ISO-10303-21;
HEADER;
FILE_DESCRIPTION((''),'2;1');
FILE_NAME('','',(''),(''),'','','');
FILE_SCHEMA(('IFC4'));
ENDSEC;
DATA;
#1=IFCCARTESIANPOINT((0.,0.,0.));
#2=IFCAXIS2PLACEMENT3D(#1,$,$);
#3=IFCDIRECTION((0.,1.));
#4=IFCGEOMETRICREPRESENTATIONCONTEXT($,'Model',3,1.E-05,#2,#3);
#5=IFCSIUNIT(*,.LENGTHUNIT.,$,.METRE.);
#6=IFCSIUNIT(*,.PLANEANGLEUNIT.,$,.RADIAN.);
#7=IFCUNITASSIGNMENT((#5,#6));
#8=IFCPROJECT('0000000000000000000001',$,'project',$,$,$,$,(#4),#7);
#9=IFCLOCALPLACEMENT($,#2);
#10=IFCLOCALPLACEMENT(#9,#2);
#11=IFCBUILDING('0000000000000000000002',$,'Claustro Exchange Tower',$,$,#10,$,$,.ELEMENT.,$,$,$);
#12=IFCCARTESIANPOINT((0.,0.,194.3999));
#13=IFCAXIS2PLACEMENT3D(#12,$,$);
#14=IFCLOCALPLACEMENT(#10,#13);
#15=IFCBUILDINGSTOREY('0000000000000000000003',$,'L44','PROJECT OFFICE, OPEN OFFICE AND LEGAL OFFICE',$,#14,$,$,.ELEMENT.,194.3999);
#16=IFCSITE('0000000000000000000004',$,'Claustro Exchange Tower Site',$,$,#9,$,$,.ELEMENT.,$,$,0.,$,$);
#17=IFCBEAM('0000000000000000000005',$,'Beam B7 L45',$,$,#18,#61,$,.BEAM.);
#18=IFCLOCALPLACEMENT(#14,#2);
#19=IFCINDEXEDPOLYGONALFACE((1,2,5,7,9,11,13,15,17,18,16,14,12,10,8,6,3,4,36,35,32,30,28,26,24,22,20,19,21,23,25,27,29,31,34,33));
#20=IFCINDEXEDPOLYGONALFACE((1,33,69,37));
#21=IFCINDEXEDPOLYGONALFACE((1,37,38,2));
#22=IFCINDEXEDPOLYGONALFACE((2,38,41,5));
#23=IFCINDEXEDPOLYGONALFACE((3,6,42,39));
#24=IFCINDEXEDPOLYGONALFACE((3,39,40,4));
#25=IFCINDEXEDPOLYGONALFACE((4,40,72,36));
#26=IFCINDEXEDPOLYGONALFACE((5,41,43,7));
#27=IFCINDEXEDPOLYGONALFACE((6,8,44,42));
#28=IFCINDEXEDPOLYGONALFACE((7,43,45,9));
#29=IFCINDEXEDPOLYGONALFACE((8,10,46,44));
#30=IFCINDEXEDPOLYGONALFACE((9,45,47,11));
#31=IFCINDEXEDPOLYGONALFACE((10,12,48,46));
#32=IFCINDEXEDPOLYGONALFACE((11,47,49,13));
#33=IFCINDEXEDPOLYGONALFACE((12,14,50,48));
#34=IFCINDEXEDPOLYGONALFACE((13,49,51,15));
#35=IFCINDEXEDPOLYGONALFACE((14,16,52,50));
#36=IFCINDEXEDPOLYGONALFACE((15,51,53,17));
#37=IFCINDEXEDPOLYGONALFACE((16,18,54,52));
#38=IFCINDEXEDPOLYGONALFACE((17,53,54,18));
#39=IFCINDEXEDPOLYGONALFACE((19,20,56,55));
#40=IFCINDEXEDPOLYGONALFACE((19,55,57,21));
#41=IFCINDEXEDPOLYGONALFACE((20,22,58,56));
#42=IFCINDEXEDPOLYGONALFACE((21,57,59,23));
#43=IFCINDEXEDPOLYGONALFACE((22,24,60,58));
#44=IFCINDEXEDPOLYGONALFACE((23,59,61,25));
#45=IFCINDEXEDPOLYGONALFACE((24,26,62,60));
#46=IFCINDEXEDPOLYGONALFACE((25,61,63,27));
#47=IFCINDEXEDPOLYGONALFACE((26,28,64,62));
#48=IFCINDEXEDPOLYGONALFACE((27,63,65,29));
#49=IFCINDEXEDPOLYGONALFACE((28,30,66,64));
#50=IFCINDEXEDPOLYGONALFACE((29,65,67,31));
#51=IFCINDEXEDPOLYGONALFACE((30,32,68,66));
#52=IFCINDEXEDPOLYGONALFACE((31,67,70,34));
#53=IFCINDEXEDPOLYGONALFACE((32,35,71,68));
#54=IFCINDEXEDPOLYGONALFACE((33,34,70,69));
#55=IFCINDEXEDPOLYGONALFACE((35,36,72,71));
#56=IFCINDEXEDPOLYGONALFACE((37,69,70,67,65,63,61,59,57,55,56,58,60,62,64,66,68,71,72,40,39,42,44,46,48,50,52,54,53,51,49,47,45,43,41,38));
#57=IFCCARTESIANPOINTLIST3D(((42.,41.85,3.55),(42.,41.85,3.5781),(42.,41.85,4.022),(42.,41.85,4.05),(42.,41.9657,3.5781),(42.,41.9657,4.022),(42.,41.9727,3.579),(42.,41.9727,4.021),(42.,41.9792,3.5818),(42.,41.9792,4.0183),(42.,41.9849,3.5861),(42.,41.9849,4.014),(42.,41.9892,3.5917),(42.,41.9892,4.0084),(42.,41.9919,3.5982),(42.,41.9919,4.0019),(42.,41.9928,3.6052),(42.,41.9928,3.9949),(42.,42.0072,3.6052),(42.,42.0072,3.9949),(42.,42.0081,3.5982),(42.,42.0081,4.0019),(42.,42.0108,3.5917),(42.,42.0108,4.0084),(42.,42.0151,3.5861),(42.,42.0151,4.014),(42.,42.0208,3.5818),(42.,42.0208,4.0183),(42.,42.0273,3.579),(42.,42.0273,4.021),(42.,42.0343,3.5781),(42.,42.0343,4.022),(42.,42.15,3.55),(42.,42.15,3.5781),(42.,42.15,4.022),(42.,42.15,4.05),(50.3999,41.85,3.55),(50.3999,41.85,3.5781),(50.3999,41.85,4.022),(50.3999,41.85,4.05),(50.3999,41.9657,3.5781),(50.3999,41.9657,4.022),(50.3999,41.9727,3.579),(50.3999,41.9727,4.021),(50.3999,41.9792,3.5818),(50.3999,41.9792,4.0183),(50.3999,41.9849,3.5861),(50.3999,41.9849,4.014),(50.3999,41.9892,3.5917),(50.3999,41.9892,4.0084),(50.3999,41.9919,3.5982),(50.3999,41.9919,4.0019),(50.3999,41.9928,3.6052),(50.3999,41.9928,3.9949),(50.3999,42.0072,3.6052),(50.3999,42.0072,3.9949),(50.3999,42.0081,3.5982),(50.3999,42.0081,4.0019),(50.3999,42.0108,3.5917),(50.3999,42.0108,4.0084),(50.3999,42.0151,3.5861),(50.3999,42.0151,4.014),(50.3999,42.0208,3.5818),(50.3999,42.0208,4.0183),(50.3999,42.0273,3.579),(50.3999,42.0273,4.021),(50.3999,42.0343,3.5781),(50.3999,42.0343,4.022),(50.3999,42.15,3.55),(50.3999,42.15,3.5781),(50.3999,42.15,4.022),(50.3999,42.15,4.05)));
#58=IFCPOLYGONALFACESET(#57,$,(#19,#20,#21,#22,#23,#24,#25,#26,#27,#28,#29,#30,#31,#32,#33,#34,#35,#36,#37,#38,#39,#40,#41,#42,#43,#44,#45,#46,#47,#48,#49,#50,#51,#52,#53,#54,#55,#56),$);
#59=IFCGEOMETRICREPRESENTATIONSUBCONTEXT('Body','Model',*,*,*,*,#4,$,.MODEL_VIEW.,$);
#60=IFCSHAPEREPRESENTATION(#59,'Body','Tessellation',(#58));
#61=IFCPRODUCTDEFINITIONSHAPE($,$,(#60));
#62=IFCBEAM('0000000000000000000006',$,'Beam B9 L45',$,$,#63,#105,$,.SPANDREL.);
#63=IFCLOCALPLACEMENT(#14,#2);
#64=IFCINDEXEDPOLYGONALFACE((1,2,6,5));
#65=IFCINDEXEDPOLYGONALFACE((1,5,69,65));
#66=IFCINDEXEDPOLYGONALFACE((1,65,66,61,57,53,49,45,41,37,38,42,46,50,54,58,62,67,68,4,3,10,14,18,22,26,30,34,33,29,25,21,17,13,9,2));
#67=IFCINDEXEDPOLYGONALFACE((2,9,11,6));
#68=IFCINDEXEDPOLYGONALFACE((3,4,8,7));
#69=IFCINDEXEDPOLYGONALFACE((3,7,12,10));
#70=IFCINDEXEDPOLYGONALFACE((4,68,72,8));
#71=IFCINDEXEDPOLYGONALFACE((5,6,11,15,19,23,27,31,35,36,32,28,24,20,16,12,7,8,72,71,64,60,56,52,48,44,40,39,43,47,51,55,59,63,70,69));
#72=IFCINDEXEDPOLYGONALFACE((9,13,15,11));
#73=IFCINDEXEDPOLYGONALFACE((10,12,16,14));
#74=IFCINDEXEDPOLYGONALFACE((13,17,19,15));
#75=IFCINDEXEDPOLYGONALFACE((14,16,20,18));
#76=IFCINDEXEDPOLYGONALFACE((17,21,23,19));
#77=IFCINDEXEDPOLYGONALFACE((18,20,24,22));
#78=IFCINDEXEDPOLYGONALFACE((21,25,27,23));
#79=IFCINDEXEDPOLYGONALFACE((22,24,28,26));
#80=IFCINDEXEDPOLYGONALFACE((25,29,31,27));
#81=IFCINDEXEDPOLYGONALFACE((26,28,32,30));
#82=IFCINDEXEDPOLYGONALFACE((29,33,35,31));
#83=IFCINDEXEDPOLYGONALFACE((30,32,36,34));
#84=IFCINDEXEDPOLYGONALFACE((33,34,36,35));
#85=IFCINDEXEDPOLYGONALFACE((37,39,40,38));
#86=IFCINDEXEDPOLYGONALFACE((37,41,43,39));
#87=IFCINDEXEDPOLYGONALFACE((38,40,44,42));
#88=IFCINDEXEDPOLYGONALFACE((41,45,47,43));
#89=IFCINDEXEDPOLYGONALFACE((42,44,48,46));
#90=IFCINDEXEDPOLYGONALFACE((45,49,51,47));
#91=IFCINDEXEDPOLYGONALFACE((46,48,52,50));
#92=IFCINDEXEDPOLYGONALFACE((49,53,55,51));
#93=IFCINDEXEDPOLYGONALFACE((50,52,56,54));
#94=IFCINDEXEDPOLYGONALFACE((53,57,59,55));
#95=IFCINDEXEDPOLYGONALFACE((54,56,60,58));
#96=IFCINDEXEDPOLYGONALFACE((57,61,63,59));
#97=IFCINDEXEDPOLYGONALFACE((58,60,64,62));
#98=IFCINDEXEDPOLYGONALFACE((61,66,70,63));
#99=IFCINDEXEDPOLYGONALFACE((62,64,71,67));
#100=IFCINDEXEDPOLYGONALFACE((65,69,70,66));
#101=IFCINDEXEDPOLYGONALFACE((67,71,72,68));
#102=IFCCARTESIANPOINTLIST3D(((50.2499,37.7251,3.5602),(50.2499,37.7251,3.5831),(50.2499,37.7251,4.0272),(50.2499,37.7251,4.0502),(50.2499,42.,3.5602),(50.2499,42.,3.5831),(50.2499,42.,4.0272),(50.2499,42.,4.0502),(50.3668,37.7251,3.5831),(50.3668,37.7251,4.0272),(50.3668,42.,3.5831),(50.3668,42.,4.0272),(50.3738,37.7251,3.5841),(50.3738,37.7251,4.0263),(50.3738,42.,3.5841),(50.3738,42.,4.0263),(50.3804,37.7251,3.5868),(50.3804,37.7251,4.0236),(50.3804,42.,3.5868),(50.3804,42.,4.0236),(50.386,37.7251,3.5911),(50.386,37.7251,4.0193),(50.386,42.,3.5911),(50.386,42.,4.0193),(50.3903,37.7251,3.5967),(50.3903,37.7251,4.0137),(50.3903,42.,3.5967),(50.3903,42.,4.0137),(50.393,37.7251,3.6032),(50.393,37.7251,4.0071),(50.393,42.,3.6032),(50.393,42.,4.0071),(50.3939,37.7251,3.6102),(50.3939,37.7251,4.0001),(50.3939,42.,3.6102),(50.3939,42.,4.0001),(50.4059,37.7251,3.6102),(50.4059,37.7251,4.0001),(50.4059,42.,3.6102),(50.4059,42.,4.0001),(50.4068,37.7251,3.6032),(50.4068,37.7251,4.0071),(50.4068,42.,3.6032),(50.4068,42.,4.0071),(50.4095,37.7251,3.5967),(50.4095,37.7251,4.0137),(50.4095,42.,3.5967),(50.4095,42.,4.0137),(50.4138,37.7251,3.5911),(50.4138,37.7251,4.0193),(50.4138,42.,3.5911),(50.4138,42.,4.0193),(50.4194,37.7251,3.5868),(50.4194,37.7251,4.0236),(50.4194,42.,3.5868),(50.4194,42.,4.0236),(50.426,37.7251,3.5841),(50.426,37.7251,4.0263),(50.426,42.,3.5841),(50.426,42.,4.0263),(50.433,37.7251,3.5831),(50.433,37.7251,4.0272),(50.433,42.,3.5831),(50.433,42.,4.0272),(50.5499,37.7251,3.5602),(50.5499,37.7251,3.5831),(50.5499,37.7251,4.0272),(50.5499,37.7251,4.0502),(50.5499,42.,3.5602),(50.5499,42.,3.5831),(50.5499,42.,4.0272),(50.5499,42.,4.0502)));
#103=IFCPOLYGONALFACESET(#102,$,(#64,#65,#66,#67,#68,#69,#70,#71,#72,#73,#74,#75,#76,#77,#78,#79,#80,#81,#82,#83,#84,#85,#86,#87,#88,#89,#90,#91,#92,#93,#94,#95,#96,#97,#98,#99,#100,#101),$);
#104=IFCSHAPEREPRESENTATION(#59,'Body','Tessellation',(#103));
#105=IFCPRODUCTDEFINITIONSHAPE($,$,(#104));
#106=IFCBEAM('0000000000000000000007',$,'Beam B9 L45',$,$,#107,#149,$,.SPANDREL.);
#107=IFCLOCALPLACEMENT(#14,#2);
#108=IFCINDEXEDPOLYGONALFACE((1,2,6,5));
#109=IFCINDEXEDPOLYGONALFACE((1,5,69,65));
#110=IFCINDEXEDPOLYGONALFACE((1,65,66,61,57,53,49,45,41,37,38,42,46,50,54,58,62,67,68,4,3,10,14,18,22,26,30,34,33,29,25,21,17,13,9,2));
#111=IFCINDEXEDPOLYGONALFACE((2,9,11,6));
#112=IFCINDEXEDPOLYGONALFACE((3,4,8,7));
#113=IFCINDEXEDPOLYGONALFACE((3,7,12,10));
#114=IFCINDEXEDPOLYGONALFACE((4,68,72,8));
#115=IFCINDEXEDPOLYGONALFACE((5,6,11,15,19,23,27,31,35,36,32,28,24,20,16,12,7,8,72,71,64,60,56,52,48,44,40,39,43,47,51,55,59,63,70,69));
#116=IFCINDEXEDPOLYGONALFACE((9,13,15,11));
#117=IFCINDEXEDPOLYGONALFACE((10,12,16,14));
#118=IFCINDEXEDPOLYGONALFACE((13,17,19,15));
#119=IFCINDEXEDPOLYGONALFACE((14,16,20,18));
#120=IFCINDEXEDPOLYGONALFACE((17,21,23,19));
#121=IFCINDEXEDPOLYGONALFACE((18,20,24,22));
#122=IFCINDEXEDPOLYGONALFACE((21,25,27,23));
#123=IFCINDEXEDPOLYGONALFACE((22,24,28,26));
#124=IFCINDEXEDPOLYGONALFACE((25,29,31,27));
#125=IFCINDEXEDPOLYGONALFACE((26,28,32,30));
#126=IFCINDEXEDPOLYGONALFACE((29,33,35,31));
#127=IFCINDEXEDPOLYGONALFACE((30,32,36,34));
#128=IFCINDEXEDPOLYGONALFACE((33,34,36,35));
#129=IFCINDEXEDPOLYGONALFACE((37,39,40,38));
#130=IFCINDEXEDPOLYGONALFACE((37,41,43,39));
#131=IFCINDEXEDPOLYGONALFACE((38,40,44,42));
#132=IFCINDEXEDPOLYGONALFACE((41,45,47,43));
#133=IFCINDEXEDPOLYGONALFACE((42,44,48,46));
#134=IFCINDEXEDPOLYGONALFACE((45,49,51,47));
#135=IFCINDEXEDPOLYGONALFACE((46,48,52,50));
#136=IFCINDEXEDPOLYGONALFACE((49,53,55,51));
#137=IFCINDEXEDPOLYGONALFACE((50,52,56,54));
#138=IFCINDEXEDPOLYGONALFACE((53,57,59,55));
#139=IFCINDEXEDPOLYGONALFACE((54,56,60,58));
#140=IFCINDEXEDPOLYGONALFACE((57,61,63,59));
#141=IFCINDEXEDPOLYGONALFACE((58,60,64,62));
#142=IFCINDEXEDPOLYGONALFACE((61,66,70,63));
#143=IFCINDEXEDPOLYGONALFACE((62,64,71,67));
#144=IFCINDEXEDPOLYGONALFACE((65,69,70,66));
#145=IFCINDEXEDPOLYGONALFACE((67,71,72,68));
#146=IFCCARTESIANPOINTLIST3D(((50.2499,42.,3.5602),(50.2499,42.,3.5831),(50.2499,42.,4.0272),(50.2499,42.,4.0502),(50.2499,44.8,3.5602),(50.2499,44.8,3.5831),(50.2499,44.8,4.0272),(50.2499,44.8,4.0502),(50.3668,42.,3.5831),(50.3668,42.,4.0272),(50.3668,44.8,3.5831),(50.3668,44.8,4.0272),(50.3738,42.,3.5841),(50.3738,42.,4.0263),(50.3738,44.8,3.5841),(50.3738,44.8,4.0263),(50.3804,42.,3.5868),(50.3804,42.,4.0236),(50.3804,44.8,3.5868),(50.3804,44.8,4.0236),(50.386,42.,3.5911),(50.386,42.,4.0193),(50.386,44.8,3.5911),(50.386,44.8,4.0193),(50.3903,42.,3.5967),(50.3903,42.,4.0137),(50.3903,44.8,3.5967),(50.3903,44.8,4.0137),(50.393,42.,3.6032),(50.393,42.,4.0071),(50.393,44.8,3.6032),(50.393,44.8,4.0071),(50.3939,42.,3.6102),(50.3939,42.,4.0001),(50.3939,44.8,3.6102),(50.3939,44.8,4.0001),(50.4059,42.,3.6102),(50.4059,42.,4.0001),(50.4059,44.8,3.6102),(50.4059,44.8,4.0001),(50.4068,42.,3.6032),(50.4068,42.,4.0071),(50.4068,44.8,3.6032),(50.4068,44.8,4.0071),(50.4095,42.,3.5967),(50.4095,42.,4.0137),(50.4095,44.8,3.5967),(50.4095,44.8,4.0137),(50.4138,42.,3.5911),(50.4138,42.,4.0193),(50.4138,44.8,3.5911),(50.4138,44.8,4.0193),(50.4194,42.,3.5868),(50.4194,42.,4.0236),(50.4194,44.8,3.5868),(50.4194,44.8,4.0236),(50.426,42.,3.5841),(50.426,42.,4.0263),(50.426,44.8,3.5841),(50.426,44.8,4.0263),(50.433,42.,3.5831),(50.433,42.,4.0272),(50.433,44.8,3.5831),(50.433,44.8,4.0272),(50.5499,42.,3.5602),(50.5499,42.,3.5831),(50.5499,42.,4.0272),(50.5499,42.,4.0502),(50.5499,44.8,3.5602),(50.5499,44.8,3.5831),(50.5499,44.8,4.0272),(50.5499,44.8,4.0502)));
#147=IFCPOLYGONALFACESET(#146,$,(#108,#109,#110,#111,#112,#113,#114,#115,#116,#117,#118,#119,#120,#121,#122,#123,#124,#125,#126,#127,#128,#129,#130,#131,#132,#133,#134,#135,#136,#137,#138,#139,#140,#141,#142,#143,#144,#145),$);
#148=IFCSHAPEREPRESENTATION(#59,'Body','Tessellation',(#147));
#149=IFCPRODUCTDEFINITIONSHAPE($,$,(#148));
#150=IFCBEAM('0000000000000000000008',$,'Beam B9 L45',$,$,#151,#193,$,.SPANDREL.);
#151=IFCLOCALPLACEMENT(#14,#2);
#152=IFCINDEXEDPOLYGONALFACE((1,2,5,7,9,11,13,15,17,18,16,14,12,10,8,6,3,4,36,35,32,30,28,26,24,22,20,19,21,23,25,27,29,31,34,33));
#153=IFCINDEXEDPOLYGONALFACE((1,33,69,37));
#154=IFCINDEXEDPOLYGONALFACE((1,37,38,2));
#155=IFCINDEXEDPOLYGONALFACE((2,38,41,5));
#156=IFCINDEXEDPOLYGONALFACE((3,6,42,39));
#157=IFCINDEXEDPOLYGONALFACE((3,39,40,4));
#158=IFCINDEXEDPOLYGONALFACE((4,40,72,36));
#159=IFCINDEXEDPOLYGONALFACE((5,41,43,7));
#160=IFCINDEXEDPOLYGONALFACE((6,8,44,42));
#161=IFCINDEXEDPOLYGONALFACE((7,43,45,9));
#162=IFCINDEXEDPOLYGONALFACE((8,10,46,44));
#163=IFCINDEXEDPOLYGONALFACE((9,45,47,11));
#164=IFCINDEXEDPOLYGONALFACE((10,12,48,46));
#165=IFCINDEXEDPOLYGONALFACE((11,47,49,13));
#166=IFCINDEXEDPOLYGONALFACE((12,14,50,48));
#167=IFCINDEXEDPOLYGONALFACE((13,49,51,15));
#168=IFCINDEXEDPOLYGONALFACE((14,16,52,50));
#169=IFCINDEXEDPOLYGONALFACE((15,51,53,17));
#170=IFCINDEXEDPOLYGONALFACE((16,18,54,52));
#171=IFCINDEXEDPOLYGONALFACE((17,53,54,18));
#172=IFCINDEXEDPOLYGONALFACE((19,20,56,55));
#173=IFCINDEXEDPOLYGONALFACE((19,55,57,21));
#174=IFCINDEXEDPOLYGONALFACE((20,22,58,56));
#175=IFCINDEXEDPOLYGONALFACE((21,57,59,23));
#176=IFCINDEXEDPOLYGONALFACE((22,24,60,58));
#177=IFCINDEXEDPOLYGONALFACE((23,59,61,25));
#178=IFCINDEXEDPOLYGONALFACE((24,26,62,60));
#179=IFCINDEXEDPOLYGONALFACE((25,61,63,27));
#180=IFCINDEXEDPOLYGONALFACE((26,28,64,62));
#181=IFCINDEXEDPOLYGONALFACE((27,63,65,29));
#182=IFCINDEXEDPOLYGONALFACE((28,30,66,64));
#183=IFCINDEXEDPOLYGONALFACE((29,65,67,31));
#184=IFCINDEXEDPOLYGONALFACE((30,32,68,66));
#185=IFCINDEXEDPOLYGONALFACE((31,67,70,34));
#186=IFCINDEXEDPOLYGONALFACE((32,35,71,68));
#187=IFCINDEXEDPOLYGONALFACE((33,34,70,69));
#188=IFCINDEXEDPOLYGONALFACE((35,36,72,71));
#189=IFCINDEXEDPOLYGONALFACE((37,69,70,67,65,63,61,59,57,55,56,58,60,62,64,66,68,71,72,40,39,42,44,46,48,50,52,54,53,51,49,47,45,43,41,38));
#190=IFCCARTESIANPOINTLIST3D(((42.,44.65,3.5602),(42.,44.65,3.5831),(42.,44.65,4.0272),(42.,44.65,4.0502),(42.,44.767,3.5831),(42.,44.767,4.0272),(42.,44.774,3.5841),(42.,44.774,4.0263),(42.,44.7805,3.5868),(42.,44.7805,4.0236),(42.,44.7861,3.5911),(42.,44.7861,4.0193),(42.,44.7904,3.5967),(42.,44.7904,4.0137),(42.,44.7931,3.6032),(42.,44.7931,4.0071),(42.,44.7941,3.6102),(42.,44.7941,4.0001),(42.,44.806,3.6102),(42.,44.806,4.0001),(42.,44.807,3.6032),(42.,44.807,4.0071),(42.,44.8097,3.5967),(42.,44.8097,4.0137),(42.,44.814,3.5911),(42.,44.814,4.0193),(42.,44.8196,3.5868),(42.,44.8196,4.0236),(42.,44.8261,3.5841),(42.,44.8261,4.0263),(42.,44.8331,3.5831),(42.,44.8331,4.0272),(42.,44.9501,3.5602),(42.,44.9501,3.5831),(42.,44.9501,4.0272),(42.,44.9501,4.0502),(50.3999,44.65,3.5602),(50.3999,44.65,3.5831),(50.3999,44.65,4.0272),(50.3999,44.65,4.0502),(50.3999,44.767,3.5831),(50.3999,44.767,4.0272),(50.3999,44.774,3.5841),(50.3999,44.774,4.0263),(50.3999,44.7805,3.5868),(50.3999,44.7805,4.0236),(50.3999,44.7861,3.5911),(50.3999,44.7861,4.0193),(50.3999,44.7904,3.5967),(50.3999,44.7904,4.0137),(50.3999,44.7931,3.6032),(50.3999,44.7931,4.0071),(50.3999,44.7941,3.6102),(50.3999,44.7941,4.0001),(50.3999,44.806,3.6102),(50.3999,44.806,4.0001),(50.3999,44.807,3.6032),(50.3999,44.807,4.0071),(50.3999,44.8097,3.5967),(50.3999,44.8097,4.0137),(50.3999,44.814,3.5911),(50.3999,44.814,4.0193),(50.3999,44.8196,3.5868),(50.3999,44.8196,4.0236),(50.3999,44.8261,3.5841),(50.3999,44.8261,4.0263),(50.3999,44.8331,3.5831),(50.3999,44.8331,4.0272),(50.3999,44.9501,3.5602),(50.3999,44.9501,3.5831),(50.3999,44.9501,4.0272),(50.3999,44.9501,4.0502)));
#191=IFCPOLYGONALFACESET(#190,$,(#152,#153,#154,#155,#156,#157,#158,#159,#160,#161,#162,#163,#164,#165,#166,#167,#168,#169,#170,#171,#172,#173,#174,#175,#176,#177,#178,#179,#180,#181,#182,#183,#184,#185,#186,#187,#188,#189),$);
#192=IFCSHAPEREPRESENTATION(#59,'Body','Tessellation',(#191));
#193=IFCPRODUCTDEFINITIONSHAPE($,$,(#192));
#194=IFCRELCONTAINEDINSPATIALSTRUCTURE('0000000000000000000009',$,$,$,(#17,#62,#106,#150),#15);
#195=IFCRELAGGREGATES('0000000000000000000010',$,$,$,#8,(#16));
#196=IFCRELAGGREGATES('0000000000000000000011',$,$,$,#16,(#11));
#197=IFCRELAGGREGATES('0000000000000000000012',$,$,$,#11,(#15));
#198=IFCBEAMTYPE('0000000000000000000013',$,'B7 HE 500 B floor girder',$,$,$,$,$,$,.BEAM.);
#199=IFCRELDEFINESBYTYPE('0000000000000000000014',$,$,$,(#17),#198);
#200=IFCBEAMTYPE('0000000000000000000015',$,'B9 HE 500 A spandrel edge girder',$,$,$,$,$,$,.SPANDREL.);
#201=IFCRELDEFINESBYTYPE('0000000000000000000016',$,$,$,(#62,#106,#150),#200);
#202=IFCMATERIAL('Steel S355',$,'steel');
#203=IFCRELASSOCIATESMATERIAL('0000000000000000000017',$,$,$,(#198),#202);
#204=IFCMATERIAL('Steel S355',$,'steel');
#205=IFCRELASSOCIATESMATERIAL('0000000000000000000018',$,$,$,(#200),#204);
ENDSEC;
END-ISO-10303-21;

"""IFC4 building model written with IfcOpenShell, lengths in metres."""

from ifc_helpers import new_model, si_unit, direction, frame, origin, origin_2d, place, context, subcontext, project, spatial, i_section, extrude, material, material_profile, profile_set, type_object, element, save


model = new_model("IFC4")

# Units and contexts
model_context = context("Model", 3, precision=1e-05, world=origin(), true_north=direction((0.0, 1.0)))
body_context = subcontext(model_context, "Body", "Model", "MODEL_VIEW")
ifc_project = project(units=[si_unit("LENGTHUNIT", "METRE"), si_unit("PLANEANGLEUNIT", "RADIAN")], contexts=[model_context])

# Site, building, storey
site_placement = place(None, origin())
site = spatial("IfcSite", under=ifc_project, at=site_placement, Name="Claustro Exchange Tower Site", CompositionType="ELEMENT", RefElevation=0.0)
building_placement = place(site_placement, origin())
building = spatial("IfcBuilding", under=site, at=building_placement, Name="Claustro Exchange Tower", CompositionType="ELEMENT")
storey_placement = place(building_placement, frame((0.0, 0.0, 194.3999)))
storey = spatial("IfcBuildingStorey", under=building, at=storey_placement, Name="L44", Description="PROJECT OFFICE, OPEN OFFICE AND LEGAL OFFICE", CompositionType="ELEMENT", Elevation=194.3999)

# Beams
ifc_material_1 = material(Name="Steel S355", Category="steel")
ifc_material_profile_1 = material_profile(ifc_material_1, i_section(OverallWidth=0.3, OverallDepth=0.5, WebThickness=0.0144, FlangeThickness=0.0281, FilletRadius=0.0271, at=origin_2d()), Name="HE 500 B")
ifc_profile_set_1 = profile_set([ifc_material_profile_1], Name="Steel S355")
beam_type_1 = type_object("IfcBeamType", Name="B7 HE 500 B floor girder", PredefinedType="BEAM", material=ifc_profile_set_1)
beam_1_placement = place(storey_placement, frame((42.0, 42.0, 3.8), z_axis=(1.0, 0.0, 0.0), x_axis=(0.0, 1.0, 0.0)))
element("IfcBeam", 1, at=beam_1_placement, inside=storey, type_object=beam_type_1, Name="Beam B7 L45", PredefinedType="BEAM", context=body_context, shape_type="SweptSolid", body=[
    extrude(i_section(OverallWidth=0.3, OverallDepth=0.5, WebThickness=0.0144, FlangeThickness=0.0281, FilletRadius=0.0271, at=origin_2d()), origin(), (0.0, 0.0, 1.0), 8.3999),
])
ifc_material_2 = material(Name="Steel S355", Category="steel")
ifc_material_profile_2 = material_profile(ifc_material_2, i_section(OverallWidth=0.3, OverallDepth=0.49, WebThickness=0.012, FlangeThickness=0.0229, FilletRadius=0.0271, at=origin_2d()), Name="HE 500 A")
ifc_profile_set_2 = profile_set([ifc_material_profile_2], Name="Steel S355")
beam_type_2 = type_object("IfcBeamType", Name="B9 HE 500 A spandrel edge girder", PredefinedType="SPANDREL", material=ifc_profile_set_2)
beam_2_placement = place(storey_placement, frame((50.3999, 37.7251, 3.8052), z_axis=(0.0, 1.0, 0.0), x_axis=(-1.0, 0.0, 0.0)))
element("IfcBeam", 2, at=beam_2_placement, inside=storey, type_object=beam_type_2, Name="Beam B9 L45", PredefinedType="SPANDREL", context=body_context, shape_type="SweptSolid", body=[
    extrude(i_section(OverallWidth=0.3, OverallDepth=0.49, WebThickness=0.012, FlangeThickness=0.0229, FilletRadius=0.0271, at=origin_2d()), origin(), (0.0, 0.0, 1.0), 4.2749),
])
beam_3_placement = place(storey_placement, frame((50.3999, 42.0, 3.8052), z_axis=(0.0, 1.0, 0.0), x_axis=(-1.0, 0.0, 0.0)))
element("IfcBeam", 3, at=beam_3_placement, inside=storey, type_object=beam_type_2, Name="Beam B9 L45", PredefinedType="SPANDREL", context=body_context, shape_type="SweptSolid", body=[
    extrude(i_section(OverallWidth=0.3, OverallDepth=0.49, WebThickness=0.012, FlangeThickness=0.0229, FilletRadius=0.0271, at=origin_2d()), origin(), (0.0, 0.0, 1.0), 2.8),
])
beam_4_placement = place(storey_placement, frame((42.0, 44.8, 3.8052), z_axis=(1.0, 0.0, 0.0), x_axis=(0.0, 1.0, 0.0)))
element("IfcBeam", 4, at=beam_4_placement, inside=storey, type_object=beam_type_2, Name="Beam B9 L45", PredefinedType="SPANDREL", context=body_context, shape_type="SweptSolid", body=[
    extrude(i_section(OverallWidth=0.3, OverallDepth=0.49, WebThickness=0.012, FlangeThickness=0.0229, FilletRadius=0.0271, at=origin_2d()), origin(), (0.0, 0.0, 1.0), 8.3999),
])

save(model, "model.ifc")
